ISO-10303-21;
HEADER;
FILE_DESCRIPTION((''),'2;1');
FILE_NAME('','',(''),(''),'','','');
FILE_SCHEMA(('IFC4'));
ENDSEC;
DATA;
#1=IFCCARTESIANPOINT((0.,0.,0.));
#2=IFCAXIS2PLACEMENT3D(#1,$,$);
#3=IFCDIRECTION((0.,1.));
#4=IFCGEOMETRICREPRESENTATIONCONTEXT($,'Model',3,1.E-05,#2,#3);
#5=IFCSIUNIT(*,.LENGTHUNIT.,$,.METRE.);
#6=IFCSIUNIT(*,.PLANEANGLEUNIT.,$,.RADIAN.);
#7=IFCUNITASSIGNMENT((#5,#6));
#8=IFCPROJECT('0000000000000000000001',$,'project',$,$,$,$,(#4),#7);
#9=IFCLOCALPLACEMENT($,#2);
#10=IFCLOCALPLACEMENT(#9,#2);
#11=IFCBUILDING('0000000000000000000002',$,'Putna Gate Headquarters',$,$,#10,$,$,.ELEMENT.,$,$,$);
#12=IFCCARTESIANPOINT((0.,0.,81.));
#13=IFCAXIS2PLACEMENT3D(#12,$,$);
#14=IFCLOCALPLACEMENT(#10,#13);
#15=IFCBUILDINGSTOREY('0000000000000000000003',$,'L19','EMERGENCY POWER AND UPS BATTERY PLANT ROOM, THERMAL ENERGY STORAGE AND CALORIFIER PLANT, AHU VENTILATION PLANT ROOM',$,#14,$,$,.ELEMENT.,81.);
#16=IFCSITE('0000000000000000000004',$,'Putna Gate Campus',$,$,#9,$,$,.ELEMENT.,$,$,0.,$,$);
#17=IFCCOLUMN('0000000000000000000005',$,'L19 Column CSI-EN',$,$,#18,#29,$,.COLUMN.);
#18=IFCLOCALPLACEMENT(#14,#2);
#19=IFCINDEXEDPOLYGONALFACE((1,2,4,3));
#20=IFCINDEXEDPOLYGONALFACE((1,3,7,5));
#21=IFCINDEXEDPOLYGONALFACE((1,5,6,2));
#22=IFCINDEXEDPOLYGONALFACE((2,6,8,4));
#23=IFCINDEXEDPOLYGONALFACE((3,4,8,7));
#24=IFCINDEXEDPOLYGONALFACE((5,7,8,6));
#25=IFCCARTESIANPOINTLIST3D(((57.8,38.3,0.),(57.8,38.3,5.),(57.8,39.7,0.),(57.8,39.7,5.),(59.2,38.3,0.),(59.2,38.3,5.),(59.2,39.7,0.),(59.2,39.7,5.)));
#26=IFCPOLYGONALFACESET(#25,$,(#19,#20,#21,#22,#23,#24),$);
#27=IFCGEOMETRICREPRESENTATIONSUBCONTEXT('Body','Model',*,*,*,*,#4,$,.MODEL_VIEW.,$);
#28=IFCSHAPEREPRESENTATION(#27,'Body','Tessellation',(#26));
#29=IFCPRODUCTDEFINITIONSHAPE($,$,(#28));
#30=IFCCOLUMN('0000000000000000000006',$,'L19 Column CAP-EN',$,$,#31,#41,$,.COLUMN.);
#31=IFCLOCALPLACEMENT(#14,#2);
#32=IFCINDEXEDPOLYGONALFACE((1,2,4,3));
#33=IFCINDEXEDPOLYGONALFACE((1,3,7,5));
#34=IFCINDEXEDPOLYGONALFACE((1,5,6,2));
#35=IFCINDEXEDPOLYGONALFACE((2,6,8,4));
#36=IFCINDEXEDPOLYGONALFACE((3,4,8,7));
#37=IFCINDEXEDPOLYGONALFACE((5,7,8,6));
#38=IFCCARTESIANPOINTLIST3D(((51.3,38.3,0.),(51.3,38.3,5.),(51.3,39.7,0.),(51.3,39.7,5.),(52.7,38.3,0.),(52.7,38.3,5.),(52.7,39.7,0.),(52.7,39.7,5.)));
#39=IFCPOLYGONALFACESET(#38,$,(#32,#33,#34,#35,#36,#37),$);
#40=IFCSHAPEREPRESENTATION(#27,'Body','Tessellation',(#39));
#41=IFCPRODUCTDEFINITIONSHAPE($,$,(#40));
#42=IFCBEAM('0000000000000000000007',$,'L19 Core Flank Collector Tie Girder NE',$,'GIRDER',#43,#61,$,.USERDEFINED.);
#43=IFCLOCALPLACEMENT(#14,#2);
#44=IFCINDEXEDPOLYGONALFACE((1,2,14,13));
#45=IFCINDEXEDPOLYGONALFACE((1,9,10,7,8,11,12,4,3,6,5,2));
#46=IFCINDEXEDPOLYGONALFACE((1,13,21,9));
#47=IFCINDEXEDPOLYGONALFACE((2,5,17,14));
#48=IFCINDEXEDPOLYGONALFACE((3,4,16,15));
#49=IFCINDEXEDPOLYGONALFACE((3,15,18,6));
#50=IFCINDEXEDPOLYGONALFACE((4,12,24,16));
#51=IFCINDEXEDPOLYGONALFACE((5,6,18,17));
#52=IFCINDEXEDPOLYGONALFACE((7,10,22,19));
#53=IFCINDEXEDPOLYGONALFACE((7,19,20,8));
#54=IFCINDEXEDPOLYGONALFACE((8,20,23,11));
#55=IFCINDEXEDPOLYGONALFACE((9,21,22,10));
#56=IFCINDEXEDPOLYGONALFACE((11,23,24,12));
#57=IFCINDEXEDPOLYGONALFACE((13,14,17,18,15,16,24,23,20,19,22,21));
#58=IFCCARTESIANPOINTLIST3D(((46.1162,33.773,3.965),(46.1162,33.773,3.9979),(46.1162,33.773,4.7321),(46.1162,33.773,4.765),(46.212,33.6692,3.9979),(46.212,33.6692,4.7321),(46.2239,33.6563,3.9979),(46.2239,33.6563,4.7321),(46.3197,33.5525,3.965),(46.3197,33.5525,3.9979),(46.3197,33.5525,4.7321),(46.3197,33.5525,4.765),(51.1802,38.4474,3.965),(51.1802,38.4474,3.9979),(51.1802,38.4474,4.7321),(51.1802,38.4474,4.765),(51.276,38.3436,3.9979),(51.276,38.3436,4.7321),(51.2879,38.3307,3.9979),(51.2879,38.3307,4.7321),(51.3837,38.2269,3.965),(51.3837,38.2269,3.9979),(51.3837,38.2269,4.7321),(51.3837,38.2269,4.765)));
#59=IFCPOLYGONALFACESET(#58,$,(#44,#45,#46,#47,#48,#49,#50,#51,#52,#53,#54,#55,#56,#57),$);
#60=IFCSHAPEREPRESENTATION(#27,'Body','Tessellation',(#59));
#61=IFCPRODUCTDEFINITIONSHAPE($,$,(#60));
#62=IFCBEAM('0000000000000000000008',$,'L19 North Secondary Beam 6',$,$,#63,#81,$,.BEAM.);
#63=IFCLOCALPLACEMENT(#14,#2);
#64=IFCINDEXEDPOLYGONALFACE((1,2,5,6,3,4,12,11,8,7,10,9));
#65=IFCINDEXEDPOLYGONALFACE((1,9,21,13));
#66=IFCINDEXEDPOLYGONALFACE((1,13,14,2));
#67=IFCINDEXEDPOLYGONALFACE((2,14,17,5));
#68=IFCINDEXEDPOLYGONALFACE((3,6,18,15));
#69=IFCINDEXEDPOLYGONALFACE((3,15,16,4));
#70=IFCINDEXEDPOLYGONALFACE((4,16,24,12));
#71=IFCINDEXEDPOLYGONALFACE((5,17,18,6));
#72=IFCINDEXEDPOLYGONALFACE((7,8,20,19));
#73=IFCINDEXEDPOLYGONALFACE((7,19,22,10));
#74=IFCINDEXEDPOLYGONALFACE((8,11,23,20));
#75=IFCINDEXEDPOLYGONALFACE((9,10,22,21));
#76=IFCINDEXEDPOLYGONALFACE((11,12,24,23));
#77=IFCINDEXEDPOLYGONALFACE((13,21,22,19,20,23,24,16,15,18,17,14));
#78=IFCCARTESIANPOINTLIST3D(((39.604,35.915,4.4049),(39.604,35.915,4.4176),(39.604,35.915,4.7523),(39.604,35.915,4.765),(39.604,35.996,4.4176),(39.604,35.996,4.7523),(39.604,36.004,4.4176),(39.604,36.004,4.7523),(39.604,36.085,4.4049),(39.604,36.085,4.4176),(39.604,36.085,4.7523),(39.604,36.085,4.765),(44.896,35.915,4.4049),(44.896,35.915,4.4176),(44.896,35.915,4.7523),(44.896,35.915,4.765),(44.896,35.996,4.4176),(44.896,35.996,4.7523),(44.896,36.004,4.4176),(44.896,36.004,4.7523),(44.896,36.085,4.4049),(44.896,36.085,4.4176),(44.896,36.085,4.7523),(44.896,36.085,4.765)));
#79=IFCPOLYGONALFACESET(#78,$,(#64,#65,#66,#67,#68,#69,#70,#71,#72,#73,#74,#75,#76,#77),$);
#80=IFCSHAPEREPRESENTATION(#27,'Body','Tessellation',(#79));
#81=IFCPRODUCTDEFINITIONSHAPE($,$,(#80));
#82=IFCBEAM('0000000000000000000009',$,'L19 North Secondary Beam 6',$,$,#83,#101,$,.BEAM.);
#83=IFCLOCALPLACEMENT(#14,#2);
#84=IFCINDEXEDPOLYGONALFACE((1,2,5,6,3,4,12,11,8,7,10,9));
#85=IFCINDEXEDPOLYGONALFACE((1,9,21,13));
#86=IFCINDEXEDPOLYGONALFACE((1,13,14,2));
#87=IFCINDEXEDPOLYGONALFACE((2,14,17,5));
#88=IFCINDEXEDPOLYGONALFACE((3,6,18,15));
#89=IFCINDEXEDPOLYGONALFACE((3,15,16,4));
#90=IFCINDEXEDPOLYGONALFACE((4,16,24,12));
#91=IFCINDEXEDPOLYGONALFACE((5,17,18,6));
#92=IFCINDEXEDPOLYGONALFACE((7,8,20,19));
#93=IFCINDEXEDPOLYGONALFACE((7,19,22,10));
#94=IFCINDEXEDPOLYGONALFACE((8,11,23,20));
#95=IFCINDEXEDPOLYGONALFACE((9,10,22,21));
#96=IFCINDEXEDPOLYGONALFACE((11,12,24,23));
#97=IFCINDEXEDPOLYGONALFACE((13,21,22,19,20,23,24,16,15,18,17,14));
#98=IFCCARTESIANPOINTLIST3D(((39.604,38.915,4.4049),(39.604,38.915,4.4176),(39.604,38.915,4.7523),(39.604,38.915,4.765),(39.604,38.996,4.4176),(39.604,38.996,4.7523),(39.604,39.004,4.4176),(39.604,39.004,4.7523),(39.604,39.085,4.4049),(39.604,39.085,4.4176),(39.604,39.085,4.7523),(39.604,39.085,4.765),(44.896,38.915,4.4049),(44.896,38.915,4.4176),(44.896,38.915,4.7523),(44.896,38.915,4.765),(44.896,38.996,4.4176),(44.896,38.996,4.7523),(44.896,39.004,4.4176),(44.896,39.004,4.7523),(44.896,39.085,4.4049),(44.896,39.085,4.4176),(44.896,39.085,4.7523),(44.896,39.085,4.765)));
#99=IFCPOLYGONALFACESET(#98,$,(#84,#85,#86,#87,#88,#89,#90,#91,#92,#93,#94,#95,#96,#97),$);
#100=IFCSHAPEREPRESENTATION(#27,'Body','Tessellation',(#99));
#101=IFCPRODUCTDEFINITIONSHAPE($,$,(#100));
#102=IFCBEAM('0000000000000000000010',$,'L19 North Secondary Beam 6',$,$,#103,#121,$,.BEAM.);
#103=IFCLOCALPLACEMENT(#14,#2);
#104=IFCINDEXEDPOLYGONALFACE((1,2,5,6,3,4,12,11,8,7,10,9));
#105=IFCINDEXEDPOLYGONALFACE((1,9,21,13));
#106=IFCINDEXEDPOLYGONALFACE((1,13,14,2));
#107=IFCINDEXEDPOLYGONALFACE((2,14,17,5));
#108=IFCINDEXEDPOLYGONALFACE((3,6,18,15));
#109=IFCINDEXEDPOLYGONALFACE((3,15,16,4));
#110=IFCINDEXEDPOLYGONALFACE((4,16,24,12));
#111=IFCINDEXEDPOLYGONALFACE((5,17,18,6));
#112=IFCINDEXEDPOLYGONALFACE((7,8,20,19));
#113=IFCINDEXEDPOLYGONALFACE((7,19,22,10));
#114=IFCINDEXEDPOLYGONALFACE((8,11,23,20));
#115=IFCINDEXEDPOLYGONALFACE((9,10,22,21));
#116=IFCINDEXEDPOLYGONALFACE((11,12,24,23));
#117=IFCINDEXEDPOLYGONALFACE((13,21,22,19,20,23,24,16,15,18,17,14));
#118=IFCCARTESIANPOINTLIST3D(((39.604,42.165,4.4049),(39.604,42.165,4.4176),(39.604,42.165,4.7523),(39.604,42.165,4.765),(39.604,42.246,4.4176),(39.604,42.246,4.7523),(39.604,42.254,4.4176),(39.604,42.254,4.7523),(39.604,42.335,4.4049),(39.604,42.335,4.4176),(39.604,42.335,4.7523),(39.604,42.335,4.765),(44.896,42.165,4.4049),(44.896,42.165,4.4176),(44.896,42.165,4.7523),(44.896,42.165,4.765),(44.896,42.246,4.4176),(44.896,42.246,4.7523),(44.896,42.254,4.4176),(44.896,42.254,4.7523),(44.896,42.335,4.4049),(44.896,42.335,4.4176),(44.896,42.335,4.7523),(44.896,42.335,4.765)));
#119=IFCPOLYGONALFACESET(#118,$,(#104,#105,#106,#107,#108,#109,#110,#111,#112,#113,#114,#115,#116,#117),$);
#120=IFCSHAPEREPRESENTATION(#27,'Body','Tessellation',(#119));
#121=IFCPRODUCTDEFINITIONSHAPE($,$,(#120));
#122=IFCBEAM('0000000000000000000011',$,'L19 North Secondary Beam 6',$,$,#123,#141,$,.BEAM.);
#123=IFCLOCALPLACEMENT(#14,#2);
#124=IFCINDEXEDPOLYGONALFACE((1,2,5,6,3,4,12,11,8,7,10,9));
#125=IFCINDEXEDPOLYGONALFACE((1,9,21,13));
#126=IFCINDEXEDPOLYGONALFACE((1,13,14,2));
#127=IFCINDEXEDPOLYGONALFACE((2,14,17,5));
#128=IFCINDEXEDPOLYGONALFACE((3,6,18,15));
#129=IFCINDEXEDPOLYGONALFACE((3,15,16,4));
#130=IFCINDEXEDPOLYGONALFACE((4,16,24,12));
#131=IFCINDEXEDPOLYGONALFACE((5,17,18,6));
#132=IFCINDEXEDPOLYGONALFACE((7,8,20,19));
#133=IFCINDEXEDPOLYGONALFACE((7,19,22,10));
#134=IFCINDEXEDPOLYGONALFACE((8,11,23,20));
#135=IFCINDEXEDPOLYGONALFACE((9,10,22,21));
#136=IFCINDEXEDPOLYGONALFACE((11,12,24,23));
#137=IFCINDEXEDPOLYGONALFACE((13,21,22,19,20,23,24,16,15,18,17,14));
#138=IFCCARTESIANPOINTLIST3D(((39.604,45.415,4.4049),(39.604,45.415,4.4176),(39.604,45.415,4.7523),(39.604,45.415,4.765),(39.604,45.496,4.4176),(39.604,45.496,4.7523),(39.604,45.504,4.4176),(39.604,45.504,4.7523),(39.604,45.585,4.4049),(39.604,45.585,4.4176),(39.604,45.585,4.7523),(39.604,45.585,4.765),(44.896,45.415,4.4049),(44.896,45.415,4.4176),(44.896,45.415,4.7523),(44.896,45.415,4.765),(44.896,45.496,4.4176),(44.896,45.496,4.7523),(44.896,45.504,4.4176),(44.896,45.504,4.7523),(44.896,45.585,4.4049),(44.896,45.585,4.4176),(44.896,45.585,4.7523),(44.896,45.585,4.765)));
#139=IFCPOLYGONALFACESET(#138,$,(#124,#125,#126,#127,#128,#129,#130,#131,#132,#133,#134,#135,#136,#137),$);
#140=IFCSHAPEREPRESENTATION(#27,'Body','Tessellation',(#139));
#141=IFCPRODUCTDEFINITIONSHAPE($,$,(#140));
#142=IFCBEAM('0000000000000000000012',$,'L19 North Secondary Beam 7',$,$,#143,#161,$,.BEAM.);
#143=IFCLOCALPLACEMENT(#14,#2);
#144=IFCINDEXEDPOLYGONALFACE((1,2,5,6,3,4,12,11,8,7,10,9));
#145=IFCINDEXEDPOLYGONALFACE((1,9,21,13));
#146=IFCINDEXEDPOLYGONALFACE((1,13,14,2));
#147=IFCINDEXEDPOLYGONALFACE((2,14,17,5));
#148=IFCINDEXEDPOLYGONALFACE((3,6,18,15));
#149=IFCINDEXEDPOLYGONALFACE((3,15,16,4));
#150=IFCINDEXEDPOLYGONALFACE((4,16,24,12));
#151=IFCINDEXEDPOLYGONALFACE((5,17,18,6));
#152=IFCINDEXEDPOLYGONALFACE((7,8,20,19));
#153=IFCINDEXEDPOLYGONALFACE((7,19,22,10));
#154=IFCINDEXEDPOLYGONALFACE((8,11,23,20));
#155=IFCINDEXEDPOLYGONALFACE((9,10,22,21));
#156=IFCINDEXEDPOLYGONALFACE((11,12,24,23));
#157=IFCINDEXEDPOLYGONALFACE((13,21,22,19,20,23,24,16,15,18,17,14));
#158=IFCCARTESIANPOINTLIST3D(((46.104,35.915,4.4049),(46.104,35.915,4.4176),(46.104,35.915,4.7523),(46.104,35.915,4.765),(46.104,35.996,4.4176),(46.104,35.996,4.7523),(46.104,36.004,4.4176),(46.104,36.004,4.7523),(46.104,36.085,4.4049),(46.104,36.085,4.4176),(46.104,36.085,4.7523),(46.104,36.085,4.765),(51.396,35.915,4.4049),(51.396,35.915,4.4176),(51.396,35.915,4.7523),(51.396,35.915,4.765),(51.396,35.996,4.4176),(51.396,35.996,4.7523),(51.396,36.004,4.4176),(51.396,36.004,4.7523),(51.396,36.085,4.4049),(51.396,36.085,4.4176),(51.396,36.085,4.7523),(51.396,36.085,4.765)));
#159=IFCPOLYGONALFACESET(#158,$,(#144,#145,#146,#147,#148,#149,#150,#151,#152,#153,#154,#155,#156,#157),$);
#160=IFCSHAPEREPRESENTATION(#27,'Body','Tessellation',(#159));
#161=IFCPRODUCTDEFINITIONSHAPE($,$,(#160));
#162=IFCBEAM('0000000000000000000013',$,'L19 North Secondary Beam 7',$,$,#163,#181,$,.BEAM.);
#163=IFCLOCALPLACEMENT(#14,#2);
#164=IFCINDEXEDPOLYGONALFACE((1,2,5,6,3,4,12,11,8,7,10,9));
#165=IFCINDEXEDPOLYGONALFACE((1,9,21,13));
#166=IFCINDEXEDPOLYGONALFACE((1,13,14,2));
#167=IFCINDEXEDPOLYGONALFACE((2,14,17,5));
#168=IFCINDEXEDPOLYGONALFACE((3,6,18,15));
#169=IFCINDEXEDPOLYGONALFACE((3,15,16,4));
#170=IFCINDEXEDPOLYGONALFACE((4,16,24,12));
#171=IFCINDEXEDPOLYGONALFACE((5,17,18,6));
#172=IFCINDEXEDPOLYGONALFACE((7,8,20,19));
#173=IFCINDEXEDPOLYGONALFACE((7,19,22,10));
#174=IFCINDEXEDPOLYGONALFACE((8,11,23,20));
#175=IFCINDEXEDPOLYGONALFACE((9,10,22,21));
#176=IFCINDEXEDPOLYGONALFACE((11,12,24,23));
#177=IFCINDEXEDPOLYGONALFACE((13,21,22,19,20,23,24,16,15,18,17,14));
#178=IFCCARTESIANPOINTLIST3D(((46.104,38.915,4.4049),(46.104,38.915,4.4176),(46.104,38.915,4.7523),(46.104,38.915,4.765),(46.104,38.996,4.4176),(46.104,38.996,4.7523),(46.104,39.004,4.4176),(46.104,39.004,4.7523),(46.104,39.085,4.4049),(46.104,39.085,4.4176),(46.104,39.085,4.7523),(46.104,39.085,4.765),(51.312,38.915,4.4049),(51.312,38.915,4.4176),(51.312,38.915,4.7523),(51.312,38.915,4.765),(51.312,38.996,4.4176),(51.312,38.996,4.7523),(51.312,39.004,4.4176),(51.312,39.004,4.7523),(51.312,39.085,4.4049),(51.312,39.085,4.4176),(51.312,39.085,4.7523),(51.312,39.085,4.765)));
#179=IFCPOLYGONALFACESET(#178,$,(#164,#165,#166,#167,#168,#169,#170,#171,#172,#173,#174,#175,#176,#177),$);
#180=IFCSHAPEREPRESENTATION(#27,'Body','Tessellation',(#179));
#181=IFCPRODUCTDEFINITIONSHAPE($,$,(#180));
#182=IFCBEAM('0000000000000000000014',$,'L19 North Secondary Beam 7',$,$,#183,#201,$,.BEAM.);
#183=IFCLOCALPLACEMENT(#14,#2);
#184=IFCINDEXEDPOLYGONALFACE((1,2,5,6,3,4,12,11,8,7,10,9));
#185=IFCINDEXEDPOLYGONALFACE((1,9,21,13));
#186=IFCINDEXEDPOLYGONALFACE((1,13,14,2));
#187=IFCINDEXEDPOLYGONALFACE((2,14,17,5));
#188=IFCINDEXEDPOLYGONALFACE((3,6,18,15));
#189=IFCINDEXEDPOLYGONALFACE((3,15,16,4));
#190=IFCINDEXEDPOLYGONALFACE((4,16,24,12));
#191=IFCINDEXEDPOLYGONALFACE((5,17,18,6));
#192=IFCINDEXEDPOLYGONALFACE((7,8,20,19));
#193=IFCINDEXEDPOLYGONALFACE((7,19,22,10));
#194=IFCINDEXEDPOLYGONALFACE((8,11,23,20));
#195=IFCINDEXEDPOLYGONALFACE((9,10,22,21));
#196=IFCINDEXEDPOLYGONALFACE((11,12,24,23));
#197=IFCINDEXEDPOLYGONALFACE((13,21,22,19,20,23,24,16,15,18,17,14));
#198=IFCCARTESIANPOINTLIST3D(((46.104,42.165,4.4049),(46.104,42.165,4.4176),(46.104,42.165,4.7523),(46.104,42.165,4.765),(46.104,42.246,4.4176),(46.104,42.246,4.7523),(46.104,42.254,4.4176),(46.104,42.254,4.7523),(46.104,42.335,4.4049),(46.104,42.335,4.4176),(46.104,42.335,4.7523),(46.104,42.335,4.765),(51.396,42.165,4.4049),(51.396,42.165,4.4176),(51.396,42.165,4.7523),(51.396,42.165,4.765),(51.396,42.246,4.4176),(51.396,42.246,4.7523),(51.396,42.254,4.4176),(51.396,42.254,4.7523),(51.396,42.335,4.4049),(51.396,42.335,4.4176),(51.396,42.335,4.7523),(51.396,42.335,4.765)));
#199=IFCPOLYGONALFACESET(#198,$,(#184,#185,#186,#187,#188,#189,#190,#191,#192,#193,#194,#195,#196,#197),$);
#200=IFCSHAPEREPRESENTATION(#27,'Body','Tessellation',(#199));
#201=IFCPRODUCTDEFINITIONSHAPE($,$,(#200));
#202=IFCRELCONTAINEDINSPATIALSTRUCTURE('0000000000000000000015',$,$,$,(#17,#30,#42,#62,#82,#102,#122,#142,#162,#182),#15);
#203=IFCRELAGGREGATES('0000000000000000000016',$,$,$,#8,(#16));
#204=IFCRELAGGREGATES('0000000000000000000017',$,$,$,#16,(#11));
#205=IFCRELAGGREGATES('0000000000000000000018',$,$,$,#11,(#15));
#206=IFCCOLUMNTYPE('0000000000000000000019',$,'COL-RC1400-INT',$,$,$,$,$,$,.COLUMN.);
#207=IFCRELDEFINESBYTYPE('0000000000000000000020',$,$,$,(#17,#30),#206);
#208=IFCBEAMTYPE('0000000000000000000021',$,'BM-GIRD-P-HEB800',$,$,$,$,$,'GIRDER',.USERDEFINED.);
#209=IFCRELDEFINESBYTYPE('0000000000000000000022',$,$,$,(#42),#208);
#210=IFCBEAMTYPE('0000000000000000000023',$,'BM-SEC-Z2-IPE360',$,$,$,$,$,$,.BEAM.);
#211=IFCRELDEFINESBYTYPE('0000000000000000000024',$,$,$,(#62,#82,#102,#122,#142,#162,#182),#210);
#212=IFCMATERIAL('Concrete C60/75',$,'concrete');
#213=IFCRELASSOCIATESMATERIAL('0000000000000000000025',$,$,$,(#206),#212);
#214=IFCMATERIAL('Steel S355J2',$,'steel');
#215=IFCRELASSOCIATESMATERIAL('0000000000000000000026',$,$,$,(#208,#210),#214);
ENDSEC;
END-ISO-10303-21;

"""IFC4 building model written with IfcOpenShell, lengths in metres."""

from ifc_helpers import new_model, si_unit, direction, frame, origin, origin_2d, place, context, subcontext, project, spatial, rectangle, i_section, extrude, material, material_profile, profile_set, type_object, element, save


model = new_model("IFC4")

# Units and contexts
model_context = context("Model", 3, precision=1e-05, world=origin(), true_north=direction((0.0, 1.0)))
body_context = subcontext(model_context, "Body", "Model", "MODEL_VIEW")
ifc_project = project(units=[si_unit("LENGTHUNIT", "METRE"), si_unit("PLANEANGLEUNIT", "RADIAN")], contexts=[model_context])

# Site, building, storey
site_placement = place(None, origin())
site = spatial("IfcSite", under=ifc_project, at=site_placement, Name="Putna Gate Campus", CompositionType="ELEMENT", RefElevation=0.0)
building_placement = place(site_placement, origin())
building = spatial("IfcBuilding", under=site, at=building_placement, Name="Putna Gate Headquarters", CompositionType="ELEMENT")
storey_placement = place(building_placement, frame((0.0, 0.0, 81.0)))
storey = spatial("IfcBuildingStorey", under=building, at=storey_placement, Name="L19", Description="EMERGENCY POWER AND UPS BATTERY PLANT ROOM, THERMAL ENERGY STORAGE AND CALORIFIER PLANT, AHU VENTILATION PLANT ROOM", CompositionType="ELEMENT", Elevation=81.0)

# Columns
ifc_material_1 = material(Name="Concrete C60/75", Category="concrete")
ifc_material_profile_1 = material_profile(ifc_material_1, rectangle(XDim=1.3999, YDim=1.3999, at=origin_2d()), Name="Concrete C60/75")
ifc_profile_set_1 = profile_set([ifc_material_profile_1], Name="Concrete C60/75")
column_type = type_object("IfcColumnType", Name="COL-RC1400-INT", PredefinedType="COLUMN", material=ifc_profile_set_1)
for number, where, z_axis, x_axis, name in (
    (1, (58.5, 39.0, 0.0), (0.0, 0.0, 1.0), (1.0, 0.0, 0.0), "L19 Column CSI-EN"),
    (2, (52.0, 39.0, 0.0), (0.0, 0.0, 1.0), (1.0, 0.0, 0.0), "L19 Column CAP-EN"),
):
    element("IfcColumn", number, at=place(storey_placement, frame(where, z_axis=z_axis, x_axis=x_axis)), inside=storey, type_object=column_type, Name=name, PredefinedType="COLUMN", context=body_context, shape_type="SweptSolid", body=[
        extrude(rectangle(XDim=1.3999, YDim=1.3999, at=origin_2d()), origin(), (0.0, 0.0, 1.0), 5.0),
    ])

# Beams
ifc_material_2 = material(Name="Steel S355J2", Category="steel")
ifc_material_profile_2 = material_profile(ifc_material_2, i_section(OverallWidth=0.3, OverallDepth=0.8, WebThickness=0.0176, FlangeThickness=0.033, at=origin_2d()), Name="Steel S355J2")
ifc_profile_set_2 = profile_set([ifc_material_profile_2], Name="Steel S355J2")
beam_type_1 = type_object("IfcBeamType", Name="BM-GIRD-P-HEB800", ElementType="GIRDER", PredefinedType="USERDEFINED", material=ifc_profile_set_2)
beam_1_placement = place(storey_placement, frame((51.282, 38.3372, 4.365), z_axis=(-0.734812, -0.678271, 0.0), x_axis=(0.678271, -0.734812, 0.0)))
element("IfcBeam", 3, at=beam_1_placement, inside=storey, type_object=beam_type_1, Name="L19 Core Flank Collector Tie Girder NE", ObjectType="GIRDER", PredefinedType="USERDEFINED", context=body_context, shape_type="SweptSolid", body=[
    extrude(i_section(OverallWidth=0.3, OverallDepth=0.8, WebThickness=0.0176, FlangeThickness=0.033, at=origin_2d()), origin(), (0.0, 0.0, 1.0), 6.8916),
])
ifc_material_profile_3 = material_profile(ifc_material_2, i_section(OverallWidth=0.1699, OverallDepth=0.3601, WebThickness=0.0081, FlangeThickness=0.0127, at=origin_2d()), Name="Steel S355J2")
ifc_profile_set_3 = profile_set([ifc_material_profile_3], Name="Steel S355J2")
beam_type_2 = type_object("IfcBeamType", Name="BM-SEC-Z2-IPE360", PredefinedType="BEAM", material=ifc_profile_set_3)
for number, where, z_axis, x_axis, name in (
    (4, (39.604, 36.0, 4.585), (1.0, 0.0, 0.0), (0.0, 1.0, 0.0), "L19 North Secondary Beam 6"),
    (5, (39.604, 39.0, 4.585), (1.0, 0.0, 0.0), (0.0, 1.0, 0.0), "L19 North Secondary Beam 6"),
    (6, (39.604, 42.25, 4.585), (1.0, 0.0, 0.0), (0.0, 1.0, 0.0), "L19 North Secondary Beam 6"),
    (7, (39.604, 45.5, 4.585), (1.0, 0.0, 0.0), (0.0, 1.0, 0.0), "L19 North Secondary Beam 6"),
    (8, (46.104, 36.0, 4.585), (1.0, 0.0, 0.0), (0.0, 1.0, 0.0), "L19 North Secondary Beam 7"),
):
    element("IfcBeam", number, at=place(storey_placement, frame(where, z_axis=z_axis, x_axis=x_axis)), inside=storey, type_object=beam_type_2, Name=name, PredefinedType="BEAM", context=body_context, shape_type="SweptSolid", body=[
        extrude(i_section(OverallWidth=0.1699, OverallDepth=0.3601, WebThickness=0.0081, FlangeThickness=0.0127, at=origin_2d()), origin(), (0.0, 0.0, 1.0), 5.292),
    ])
beam_2_placement = place(storey_placement, frame((46.104, 39.0, 4.585), z_axis=(1.0, 0.0, 0.0), x_axis=(0.0, 1.0, 0.0)))
element("IfcBeam", 9, at=beam_2_placement, inside=storey, type_object=beam_type_2, Name="L19 North Secondary Beam 7", PredefinedType="BEAM", context=body_context, shape_type="SweptSolid", body=[
    extrude(i_section(OverallWidth=0.1699, OverallDepth=0.3601, WebThickness=0.0081, FlangeThickness=0.0127, at=origin_2d()), origin(), (0.0, 0.0, 1.0), 5.208),
])
for number, where, z_axis, x_axis, name in (
    (10, (46.104, 42.25, 4.585), (1.0, 0.0, 0.0), (0.0, 1.0, 0.0), "L19 North Secondary Beam 7"),
):
    element("IfcBeam", number, at=place(storey_placement, frame(where, z_axis=z_axis, x_axis=x_axis)), inside=storey, type_object=beam_type_2, Name=name, PredefinedType="BEAM", context=body_context, shape_type="SweptSolid", body=[
        extrude(i_section(OverallWidth=0.1699, OverallDepth=0.3601, WebThickness=0.0081, FlangeThickness=0.0127, at=origin_2d()), origin(), (0.0, 0.0, 1.0), 5.292),
    ])

save(model, "model.ifc")
